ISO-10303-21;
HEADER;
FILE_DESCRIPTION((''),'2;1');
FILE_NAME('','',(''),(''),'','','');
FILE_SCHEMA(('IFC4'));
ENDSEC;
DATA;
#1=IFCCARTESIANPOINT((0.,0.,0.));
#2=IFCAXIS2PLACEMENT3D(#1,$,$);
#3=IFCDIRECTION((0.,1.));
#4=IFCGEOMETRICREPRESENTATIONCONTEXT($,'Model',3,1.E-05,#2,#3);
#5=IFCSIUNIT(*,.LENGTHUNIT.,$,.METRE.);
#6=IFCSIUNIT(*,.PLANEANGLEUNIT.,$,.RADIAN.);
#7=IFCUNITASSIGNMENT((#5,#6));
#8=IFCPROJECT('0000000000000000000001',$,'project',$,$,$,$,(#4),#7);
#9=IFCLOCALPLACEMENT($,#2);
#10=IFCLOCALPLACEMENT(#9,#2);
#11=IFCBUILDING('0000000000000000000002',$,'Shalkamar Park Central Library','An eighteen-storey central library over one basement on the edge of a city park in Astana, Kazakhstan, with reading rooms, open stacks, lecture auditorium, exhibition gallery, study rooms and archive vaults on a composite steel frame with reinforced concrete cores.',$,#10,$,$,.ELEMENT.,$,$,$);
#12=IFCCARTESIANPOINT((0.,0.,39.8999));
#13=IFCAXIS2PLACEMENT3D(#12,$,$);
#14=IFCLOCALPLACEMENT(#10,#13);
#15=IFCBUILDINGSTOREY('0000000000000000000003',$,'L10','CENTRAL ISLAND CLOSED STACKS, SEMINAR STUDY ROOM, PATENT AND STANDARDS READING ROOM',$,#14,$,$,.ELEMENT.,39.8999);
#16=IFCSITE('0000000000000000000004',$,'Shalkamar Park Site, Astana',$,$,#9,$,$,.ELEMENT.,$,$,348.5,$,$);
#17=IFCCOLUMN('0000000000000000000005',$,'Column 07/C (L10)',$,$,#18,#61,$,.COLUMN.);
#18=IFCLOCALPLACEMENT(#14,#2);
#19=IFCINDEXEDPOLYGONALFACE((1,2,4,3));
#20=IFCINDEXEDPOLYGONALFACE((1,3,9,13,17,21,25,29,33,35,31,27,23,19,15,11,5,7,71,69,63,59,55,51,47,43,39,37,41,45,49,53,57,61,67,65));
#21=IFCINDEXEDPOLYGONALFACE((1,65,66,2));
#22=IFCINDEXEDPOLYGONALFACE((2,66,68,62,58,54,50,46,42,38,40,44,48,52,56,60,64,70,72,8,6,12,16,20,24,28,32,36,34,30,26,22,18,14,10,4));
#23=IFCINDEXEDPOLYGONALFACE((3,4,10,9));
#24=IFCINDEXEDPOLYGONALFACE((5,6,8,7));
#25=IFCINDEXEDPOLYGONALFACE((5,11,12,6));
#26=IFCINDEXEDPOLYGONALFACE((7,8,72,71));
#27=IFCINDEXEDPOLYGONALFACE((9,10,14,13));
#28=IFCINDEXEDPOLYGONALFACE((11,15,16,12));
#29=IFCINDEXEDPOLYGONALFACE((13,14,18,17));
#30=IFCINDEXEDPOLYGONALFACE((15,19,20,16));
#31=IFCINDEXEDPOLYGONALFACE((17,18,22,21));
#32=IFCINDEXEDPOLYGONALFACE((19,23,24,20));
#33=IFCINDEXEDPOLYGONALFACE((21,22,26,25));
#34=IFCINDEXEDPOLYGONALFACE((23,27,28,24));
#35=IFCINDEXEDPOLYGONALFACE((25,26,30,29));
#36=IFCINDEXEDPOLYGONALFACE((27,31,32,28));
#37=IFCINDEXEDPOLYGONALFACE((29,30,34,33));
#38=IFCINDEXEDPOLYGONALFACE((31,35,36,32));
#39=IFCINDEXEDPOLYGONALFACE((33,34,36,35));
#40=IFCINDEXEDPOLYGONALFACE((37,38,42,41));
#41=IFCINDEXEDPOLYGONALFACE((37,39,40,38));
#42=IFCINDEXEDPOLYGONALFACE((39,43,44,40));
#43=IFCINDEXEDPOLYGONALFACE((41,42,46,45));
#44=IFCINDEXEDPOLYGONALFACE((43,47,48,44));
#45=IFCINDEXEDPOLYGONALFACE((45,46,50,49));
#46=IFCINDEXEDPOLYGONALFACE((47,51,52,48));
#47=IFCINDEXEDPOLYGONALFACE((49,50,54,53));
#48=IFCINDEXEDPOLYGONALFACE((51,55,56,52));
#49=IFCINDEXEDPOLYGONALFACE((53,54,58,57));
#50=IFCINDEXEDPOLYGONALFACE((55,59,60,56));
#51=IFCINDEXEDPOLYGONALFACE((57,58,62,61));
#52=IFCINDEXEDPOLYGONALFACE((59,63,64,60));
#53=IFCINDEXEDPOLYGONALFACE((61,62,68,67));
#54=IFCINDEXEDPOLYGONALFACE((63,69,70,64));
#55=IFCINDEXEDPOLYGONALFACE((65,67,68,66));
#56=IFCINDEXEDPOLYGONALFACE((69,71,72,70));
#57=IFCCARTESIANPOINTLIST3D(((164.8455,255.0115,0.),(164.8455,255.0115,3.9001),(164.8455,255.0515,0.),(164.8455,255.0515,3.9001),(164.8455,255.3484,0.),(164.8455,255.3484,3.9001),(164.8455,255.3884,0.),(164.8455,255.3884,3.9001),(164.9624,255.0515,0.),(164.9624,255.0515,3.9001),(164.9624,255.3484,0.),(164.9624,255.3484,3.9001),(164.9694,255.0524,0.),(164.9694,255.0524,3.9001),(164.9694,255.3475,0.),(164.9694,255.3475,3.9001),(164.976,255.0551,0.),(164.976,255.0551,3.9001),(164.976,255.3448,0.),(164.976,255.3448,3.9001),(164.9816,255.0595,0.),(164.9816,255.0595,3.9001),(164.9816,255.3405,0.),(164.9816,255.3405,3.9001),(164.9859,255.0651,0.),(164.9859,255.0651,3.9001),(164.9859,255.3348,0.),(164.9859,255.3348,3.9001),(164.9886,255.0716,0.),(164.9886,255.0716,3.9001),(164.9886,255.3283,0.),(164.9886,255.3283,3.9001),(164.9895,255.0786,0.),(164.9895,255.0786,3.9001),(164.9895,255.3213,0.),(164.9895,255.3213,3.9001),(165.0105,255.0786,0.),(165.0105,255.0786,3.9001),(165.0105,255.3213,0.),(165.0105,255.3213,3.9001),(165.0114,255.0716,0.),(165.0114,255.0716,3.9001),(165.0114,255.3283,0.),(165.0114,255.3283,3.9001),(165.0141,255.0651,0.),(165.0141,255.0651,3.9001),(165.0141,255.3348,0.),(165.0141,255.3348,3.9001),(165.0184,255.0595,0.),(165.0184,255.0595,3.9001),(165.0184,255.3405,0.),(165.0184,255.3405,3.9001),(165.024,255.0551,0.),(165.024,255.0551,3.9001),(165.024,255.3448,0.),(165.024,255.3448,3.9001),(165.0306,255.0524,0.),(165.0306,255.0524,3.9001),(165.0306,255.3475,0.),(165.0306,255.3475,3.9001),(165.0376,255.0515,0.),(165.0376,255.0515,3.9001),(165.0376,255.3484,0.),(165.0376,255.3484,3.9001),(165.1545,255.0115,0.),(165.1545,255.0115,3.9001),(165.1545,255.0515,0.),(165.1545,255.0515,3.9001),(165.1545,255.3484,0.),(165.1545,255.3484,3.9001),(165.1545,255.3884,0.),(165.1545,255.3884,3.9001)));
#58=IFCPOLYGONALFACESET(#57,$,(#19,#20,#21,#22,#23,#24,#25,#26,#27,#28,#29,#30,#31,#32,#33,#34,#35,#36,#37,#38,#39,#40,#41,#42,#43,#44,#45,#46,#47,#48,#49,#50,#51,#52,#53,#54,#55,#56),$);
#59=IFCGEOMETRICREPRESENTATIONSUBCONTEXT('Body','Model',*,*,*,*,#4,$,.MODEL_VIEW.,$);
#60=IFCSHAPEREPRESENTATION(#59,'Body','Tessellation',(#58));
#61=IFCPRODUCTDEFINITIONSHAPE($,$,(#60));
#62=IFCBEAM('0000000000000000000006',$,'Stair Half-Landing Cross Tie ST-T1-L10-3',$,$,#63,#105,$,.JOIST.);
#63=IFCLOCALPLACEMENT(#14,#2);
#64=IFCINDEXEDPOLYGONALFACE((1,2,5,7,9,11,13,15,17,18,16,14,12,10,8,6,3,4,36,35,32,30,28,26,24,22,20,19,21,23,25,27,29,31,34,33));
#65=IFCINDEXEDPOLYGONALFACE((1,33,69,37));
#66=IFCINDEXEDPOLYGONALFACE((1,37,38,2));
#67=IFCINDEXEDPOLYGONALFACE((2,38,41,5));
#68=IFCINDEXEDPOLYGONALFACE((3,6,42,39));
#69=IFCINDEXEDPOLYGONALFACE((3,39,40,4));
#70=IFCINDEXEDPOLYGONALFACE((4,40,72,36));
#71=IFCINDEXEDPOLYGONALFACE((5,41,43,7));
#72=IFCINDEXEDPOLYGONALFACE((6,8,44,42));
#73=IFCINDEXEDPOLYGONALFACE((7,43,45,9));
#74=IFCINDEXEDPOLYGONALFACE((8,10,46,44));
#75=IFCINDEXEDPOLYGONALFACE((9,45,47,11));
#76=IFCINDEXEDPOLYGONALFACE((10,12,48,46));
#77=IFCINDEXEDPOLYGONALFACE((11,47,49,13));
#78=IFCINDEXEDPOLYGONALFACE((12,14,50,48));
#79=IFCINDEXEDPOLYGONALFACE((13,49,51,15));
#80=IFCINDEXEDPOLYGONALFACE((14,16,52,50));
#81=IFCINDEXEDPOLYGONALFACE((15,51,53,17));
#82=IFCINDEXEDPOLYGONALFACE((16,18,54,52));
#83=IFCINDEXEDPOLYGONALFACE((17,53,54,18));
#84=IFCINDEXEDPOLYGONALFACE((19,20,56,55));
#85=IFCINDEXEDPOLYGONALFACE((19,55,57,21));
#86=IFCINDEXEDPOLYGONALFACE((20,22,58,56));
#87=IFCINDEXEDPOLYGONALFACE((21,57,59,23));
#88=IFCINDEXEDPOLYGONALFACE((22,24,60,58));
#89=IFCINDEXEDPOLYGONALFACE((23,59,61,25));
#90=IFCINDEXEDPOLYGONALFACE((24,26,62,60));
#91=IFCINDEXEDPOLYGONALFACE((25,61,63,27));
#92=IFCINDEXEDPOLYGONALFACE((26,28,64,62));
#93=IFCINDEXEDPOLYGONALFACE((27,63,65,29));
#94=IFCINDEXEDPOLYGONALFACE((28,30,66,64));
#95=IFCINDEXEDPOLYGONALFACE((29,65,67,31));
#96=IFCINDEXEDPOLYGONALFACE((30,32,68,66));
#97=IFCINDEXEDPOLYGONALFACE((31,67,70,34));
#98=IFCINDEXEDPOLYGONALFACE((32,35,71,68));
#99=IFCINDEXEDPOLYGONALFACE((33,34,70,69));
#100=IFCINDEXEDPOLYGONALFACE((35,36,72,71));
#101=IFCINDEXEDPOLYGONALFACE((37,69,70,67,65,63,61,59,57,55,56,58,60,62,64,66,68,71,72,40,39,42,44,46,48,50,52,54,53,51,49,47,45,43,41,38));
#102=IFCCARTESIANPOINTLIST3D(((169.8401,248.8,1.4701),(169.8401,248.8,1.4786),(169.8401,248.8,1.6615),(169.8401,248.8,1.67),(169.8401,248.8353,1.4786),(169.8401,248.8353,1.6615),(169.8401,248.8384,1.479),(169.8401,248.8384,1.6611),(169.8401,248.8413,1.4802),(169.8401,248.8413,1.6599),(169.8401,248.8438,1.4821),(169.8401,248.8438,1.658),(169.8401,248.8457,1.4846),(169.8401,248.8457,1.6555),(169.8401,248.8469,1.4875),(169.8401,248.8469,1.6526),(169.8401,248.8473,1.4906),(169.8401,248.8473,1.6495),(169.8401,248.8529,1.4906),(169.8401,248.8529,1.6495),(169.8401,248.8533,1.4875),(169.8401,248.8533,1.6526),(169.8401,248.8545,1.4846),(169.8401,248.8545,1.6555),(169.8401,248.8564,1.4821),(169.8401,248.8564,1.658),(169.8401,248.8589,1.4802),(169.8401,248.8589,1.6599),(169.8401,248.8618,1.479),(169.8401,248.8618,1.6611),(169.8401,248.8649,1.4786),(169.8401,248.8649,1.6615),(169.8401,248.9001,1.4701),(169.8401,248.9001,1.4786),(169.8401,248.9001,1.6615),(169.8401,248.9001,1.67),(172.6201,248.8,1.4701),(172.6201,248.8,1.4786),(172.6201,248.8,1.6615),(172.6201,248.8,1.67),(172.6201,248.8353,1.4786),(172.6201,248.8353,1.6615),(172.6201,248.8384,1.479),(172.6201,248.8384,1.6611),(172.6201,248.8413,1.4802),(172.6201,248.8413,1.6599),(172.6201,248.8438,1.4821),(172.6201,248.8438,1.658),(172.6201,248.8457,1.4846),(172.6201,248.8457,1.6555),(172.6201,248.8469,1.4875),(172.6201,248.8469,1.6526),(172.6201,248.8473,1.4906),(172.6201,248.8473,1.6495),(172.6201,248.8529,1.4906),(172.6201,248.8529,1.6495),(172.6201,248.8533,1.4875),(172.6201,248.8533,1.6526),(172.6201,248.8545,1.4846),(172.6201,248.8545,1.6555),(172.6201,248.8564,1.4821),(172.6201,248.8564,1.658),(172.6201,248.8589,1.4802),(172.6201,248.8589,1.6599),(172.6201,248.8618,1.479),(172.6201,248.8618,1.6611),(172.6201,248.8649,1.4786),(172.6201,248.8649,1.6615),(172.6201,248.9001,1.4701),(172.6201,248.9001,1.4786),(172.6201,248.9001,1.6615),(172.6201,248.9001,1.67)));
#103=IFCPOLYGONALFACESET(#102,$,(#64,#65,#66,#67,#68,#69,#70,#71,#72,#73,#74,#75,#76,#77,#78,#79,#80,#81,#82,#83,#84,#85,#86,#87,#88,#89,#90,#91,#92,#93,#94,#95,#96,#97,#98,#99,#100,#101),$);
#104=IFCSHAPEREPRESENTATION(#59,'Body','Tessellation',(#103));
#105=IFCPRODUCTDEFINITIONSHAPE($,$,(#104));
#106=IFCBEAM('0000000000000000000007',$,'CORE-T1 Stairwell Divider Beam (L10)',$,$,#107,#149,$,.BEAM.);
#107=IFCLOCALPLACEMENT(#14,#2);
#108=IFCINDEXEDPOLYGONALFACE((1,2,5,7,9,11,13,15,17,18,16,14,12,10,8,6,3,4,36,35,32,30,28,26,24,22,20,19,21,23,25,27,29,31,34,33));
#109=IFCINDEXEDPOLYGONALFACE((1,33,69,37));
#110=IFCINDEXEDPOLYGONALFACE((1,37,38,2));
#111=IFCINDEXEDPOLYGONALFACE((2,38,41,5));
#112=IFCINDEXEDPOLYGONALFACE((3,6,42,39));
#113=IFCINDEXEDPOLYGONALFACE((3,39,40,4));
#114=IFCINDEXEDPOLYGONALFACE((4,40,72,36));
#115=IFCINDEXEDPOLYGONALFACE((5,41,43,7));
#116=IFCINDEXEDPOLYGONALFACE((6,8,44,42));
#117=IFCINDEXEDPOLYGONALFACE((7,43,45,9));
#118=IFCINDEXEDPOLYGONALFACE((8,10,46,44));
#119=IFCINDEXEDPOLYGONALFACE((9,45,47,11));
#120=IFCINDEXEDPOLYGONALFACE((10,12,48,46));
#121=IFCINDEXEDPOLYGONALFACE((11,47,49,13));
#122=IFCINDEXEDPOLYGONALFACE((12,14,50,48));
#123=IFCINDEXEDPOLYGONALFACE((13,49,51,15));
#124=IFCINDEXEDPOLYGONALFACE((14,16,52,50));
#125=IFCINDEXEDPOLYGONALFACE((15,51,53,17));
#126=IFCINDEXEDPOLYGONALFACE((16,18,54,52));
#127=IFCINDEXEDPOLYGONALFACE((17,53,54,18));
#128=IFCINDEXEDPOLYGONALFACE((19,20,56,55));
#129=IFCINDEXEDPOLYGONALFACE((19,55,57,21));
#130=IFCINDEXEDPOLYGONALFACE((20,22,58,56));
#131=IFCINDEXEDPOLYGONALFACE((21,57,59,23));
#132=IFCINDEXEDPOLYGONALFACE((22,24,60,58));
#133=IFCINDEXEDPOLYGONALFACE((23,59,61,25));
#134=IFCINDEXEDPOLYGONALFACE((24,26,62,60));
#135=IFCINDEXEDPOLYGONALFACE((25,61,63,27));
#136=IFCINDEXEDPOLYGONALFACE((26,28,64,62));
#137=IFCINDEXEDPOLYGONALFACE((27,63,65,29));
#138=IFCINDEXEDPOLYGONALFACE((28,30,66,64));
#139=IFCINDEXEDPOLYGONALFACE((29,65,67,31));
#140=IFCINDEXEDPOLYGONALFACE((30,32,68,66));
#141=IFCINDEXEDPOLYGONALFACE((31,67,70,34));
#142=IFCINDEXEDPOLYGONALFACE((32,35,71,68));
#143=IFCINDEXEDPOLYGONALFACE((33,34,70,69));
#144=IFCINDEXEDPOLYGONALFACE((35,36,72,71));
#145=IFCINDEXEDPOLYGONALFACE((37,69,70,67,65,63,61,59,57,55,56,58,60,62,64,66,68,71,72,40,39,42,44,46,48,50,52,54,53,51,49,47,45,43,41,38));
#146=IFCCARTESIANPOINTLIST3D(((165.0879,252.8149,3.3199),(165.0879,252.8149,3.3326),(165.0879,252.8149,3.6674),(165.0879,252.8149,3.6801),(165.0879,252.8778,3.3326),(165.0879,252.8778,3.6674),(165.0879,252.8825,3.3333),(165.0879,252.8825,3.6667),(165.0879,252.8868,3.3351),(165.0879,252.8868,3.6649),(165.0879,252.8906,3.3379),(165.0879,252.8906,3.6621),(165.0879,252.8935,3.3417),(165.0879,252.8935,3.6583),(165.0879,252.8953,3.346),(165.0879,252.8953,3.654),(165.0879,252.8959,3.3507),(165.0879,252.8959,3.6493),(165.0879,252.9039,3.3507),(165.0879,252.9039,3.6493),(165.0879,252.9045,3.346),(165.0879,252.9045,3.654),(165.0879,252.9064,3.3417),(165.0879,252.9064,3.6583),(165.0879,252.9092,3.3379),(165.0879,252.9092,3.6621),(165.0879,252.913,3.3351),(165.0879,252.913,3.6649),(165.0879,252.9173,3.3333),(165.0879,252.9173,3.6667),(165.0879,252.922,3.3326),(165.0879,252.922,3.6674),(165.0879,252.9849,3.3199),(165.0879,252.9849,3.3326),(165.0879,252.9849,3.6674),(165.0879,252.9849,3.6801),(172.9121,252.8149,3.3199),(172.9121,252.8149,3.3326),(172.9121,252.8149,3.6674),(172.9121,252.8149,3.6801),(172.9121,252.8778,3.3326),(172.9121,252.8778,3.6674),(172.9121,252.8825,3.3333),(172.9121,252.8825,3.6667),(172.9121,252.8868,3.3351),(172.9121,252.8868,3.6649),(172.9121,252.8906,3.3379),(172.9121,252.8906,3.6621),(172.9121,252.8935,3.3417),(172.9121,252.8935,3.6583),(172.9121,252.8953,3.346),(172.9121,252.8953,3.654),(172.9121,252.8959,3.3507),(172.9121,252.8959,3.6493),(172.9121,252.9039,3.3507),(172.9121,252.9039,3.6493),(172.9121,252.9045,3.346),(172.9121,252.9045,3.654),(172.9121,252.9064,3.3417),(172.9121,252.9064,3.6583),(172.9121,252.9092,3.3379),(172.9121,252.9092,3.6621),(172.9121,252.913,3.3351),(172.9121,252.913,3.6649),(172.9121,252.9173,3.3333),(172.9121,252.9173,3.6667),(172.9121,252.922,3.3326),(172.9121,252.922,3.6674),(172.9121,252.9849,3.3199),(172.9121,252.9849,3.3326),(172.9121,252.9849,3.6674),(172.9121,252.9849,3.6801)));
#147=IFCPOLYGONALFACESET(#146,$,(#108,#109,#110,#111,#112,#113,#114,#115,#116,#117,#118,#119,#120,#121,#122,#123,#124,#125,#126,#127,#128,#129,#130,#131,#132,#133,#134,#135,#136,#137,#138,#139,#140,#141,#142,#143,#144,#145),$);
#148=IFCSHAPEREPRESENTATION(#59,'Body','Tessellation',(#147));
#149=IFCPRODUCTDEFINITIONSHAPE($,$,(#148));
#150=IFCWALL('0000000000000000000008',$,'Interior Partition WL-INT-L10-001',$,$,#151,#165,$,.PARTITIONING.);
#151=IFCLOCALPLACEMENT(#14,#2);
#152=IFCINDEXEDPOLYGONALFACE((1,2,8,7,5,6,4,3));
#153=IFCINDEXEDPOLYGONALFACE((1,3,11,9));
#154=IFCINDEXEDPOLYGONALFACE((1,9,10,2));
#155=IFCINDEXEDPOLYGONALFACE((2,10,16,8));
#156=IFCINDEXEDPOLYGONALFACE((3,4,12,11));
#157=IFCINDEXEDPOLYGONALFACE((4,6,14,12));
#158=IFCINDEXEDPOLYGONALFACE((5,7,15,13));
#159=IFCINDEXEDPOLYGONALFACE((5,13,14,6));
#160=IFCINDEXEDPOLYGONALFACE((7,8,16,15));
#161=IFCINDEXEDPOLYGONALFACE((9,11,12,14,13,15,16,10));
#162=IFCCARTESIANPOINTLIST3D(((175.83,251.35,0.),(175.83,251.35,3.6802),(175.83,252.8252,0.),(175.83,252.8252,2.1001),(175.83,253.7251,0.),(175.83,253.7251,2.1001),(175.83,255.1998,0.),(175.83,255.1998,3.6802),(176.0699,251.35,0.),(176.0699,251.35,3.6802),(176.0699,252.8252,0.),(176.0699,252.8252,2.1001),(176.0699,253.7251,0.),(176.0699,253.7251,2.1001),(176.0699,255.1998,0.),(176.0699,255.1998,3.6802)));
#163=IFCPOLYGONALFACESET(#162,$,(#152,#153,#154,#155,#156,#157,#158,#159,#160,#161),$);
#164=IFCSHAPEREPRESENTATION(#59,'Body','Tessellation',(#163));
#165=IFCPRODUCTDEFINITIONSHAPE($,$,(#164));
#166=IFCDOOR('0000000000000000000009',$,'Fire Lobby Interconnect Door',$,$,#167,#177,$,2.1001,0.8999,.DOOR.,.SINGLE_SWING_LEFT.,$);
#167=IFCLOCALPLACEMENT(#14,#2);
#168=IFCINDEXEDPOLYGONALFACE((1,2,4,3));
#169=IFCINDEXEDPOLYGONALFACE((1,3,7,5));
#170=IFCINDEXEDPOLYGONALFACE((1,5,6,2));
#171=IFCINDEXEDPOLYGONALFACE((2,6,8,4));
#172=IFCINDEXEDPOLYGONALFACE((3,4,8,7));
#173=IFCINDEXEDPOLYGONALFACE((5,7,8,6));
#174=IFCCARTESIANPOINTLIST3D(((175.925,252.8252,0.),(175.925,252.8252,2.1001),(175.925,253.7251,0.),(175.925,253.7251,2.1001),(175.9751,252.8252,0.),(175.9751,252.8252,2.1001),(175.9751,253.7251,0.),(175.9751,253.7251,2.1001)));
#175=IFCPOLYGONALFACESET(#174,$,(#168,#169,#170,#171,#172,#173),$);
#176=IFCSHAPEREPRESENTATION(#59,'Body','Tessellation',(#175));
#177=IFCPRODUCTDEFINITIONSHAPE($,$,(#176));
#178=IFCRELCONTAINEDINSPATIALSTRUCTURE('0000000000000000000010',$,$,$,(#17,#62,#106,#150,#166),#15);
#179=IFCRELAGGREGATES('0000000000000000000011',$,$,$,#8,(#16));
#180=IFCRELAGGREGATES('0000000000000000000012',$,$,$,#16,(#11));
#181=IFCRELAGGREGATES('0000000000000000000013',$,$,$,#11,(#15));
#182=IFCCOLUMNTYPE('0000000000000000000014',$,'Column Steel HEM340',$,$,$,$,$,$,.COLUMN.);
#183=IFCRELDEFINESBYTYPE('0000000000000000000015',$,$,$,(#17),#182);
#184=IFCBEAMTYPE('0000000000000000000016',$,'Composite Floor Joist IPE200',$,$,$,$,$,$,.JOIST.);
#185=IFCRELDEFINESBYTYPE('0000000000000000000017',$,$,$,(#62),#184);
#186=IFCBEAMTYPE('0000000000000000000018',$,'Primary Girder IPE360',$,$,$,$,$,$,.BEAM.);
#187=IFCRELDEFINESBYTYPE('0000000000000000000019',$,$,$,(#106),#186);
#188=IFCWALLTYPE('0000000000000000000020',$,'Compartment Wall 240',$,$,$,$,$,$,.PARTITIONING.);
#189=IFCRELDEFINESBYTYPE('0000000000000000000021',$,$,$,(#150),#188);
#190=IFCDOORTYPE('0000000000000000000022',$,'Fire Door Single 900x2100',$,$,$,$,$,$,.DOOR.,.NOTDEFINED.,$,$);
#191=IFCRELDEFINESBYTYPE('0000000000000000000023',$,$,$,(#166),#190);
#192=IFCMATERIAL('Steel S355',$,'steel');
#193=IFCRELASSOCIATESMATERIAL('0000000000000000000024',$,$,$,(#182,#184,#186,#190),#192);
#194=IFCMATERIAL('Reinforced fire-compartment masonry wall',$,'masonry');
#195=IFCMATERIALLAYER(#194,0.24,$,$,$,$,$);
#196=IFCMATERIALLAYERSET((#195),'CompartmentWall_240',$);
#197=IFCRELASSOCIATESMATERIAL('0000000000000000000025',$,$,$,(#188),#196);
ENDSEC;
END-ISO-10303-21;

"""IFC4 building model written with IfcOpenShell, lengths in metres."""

from ifc_helpers import new_model, si_unit, direction, frame, frame_2d, origin, origin_2d, place, context, subcontext, project, spatial, rectangle, i_section, extrude, material, layer, layer_set, material_profile, profile_set, type_object, element, fill, save


model = new_model("IFC4")

# Units and contexts
model_context = context("Model", 3, precision=1e-05, world=origin(), true_north=direction((0.0, 1.0)))
body_context = subcontext(model_context, "Body", "Model", "MODEL_VIEW")
ifc_project = project(units=[si_unit("LENGTHUNIT", "METRE"), si_unit("PLANEANGLEUNIT", "RADIAN")], contexts=[model_context])

# Site, building, storey
site_placement = place(None, origin())
site = spatial("IfcSite", under=ifc_project, at=site_placement, Name="Shalkamar Park Site, Astana", CompositionType="ELEMENT", RefElevation=348.5)
building_placement = place(site_placement, origin())
building = spatial("IfcBuilding", under=site, at=building_placement, Name="Shalkamar Park Central Library", Description="An eighteen-storey central library over one basement on the edge of a city park in Astana, Kazakhstan, with reading rooms, open stacks, lecture auditorium, exhibition gallery, study rooms and archive vaults on a composite steel frame with reinforced concrete cores.", CompositionType="ELEMENT")
storey_placement = place(building_placement, frame((0.0, 0.0, 39.8999)))
storey = spatial("IfcBuildingStorey", under=building, at=storey_placement, Name="L10", Description="CENTRAL ISLAND CLOSED STACKS, SEMINAR STUDY ROOM, PATENT AND STANDARDS READING ROOM", CompositionType="ELEMENT", Elevation=39.8999)

# Column
ifc_material_1 = material(Name="Steel S355", Category="steel")
ifc_material_profile_1 = material_profile(ifc_material_1, i_section(OverallWidth=0.3091, OverallDepth=0.377, WebThickness=0.021, FlangeThickness=0.04, FilletRadius=0.0271, at=origin_2d()), Name="HEM 340")
ifc_profile_set_1 = profile_set([ifc_material_profile_1], Name="Steel S355")
column_type = type_object("IfcColumnType", Name="Column Steel HEM340", PredefinedType="COLUMN", material=ifc_profile_set_1)
column_placement = place(storey_placement, frame((165.0, 255.2, 0.0), z_axis=(0.0, 0.0, 1.0), x_axis=(1.0, 0.0, 0.0)))
element("IfcColumn", 1, at=column_placement, inside=storey, type_object=column_type, Name="Column 07/C (L10)", PredefinedType="COLUMN", context=body_context, shape_type="SweptSolid", body=[
    extrude(i_section(OverallWidth=0.3091, OverallDepth=0.377, WebThickness=0.021, FlangeThickness=0.04, FilletRadius=0.0271, at=origin_2d()), origin(), (0.0, 0.0, 1.0), 3.9001),
])

# Beams
ifc_material_profile_2 = material_profile(ifc_material_1, i_section(OverallWidth=0.1001, OverallDepth=0.2, WebThickness=0.0056, FlangeThickness=0.0085, FilletRadius=0.012, at=origin_2d()), Name="IPE 200")
ifc_profile_set_2 = profile_set([ifc_material_profile_2], Name="Steel S355")
beam_type_1 = type_object("IfcBeamType", Name="Composite Floor Joist IPE200", PredefinedType="JOIST", material=ifc_profile_set_2)
beam_1_placement = place(storey_placement, frame((169.8401, 248.8501, 1.5701), z_axis=(1.0, 0.0, 0.0), x_axis=(0.0, 1.0, 0.0)))
element("IfcBeam", 2, at=beam_1_placement, inside=storey, type_object=beam_type_1, Name="Stair Half-Landing Cross Tie ST-T1-L10-3", PredefinedType="JOIST", context=body_context, shape_type="SweptSolid", body=[
    extrude(i_section(OverallWidth=0.1001, OverallDepth=0.2, WebThickness=0.0056, FlangeThickness=0.0085, FilletRadius=0.012, at=origin_2d()), origin(), (0.0, 0.0, 1.0), 2.78),
])
ifc_material_profile_3 = material_profile(ifc_material_1, i_section(OverallWidth=0.1699, OverallDepth=0.3601, WebThickness=0.0081, FlangeThickness=0.0127, FilletRadius=0.0181, at=origin_2d()), Name="IPE 360")
ifc_profile_set_3 = profile_set([ifc_material_profile_3], Name="Steel S355")
beam_type_2 = type_object("IfcBeamType", Name="Primary Girder IPE360", PredefinedType="BEAM", material=ifc_profile_set_3)
beam_2_placement = place(storey_placement, frame((165.0879, 252.8999, 3.5), z_axis=(1.0, 0.0, 0.0), x_axis=(0.0, 1.0, 0.0)))
element("IfcBeam", 3, at=beam_2_placement, inside=storey, type_object=beam_type_2, Name="CORE-T1 Stairwell Divider Beam (L10)", PredefinedType="BEAM", context=body_context, shape_type="SweptSolid", body=[
    extrude(i_section(OverallWidth=0.1699, OverallDepth=0.3601, WebThickness=0.0081, FlangeThickness=0.0127, FilletRadius=0.0181, at=origin_2d()), origin(), (0.0, 0.0, 1.0), 7.8242),
])

# Wall, opening, door
ifc_material_2 = material(Name="Reinforced fire-compartment masonry wall", Category="masonry")
ifc_layer_1 = layer(ifc_material_2, 0.24)
ifc_layer_set_1 = layer_set([ifc_layer_1], Name="CompartmentWall_240")
wall_type_1 = type_object("IfcWallType", Name="Compartment Wall 240", PredefinedType="PARTITIONING", material=ifc_layer_set_1)
wall_1_placement = place(storey_placement, frame((175.95, 251.3501, 0.0), z_axis=(0.0, 0.0, 1.0), x_axis=(0.0, 1.0, 0.0)))
wall_1 = element("IfcWall", 4, at=wall_1_placement, inside=storey, type_object=wall_type_1, Name="Interior Partition WL-INT-L10-001", PredefinedType="PARTITIONING", context=body_context, shape_type="SweptSolid", body=[
    extrude(rectangle(XDim=3.8499, YDim=0.24, at=frame_2d((1.9248, 0.0))), origin(), (0.0, 0.0, 1.0), 3.6802),
])
opening_1_placement = place(wall_1_placement, frame((1.4751, 0.0, 0.0)))
opening_1 = element("IfcOpeningElement", 5, at=opening_1_placement, cuts=wall_1, PredefinedType="OPENING", context=body_context, shape_type="SweptSolid", body=[
    extrude(rectangle(XDim=0.8999, YDim=2.1001, at=frame_2d((0.45, 1.05))), frame((0.0, 0.1348, 0.0), z_axis=(0.0, -1.0, 0.0), x_axis=(1.0, 0.0, 0.0)), (0.0, 0.0, 1.0), 0.2698),
])
door_type_1 = type_object("IfcDoorType", Name="Fire Door Single 900x2100", OperationType="NOTDEFINED", PredefinedType="DOOR", material=ifc_material_1)
door_1_placement = place(opening_1_placement, origin())
door_1 = element("IfcDoor", 6, at=door_1_placement, inside=storey, type_object=door_type_1, Name="Fire Lobby Interconnect Door", OperationType="SINGLE_SWING_LEFT", OverallHeight=2.1001, OverallWidth=0.8999, PredefinedType="DOOR", context=body_context, shape_type="SweptSolid", body=[
    extrude(rectangle(XDim=0.8999, YDim=2.1001, at=frame_2d((0.45, 1.05))), frame((0.0, 0.0249, 0.0), z_axis=(0.0, -1.0, 0.0), x_axis=(1.0, 0.0, 0.0)), (0.0, 0.0, 1.0), 0.05),
])
fill(opening_1, door_1)

save(model, "model.ifc")
